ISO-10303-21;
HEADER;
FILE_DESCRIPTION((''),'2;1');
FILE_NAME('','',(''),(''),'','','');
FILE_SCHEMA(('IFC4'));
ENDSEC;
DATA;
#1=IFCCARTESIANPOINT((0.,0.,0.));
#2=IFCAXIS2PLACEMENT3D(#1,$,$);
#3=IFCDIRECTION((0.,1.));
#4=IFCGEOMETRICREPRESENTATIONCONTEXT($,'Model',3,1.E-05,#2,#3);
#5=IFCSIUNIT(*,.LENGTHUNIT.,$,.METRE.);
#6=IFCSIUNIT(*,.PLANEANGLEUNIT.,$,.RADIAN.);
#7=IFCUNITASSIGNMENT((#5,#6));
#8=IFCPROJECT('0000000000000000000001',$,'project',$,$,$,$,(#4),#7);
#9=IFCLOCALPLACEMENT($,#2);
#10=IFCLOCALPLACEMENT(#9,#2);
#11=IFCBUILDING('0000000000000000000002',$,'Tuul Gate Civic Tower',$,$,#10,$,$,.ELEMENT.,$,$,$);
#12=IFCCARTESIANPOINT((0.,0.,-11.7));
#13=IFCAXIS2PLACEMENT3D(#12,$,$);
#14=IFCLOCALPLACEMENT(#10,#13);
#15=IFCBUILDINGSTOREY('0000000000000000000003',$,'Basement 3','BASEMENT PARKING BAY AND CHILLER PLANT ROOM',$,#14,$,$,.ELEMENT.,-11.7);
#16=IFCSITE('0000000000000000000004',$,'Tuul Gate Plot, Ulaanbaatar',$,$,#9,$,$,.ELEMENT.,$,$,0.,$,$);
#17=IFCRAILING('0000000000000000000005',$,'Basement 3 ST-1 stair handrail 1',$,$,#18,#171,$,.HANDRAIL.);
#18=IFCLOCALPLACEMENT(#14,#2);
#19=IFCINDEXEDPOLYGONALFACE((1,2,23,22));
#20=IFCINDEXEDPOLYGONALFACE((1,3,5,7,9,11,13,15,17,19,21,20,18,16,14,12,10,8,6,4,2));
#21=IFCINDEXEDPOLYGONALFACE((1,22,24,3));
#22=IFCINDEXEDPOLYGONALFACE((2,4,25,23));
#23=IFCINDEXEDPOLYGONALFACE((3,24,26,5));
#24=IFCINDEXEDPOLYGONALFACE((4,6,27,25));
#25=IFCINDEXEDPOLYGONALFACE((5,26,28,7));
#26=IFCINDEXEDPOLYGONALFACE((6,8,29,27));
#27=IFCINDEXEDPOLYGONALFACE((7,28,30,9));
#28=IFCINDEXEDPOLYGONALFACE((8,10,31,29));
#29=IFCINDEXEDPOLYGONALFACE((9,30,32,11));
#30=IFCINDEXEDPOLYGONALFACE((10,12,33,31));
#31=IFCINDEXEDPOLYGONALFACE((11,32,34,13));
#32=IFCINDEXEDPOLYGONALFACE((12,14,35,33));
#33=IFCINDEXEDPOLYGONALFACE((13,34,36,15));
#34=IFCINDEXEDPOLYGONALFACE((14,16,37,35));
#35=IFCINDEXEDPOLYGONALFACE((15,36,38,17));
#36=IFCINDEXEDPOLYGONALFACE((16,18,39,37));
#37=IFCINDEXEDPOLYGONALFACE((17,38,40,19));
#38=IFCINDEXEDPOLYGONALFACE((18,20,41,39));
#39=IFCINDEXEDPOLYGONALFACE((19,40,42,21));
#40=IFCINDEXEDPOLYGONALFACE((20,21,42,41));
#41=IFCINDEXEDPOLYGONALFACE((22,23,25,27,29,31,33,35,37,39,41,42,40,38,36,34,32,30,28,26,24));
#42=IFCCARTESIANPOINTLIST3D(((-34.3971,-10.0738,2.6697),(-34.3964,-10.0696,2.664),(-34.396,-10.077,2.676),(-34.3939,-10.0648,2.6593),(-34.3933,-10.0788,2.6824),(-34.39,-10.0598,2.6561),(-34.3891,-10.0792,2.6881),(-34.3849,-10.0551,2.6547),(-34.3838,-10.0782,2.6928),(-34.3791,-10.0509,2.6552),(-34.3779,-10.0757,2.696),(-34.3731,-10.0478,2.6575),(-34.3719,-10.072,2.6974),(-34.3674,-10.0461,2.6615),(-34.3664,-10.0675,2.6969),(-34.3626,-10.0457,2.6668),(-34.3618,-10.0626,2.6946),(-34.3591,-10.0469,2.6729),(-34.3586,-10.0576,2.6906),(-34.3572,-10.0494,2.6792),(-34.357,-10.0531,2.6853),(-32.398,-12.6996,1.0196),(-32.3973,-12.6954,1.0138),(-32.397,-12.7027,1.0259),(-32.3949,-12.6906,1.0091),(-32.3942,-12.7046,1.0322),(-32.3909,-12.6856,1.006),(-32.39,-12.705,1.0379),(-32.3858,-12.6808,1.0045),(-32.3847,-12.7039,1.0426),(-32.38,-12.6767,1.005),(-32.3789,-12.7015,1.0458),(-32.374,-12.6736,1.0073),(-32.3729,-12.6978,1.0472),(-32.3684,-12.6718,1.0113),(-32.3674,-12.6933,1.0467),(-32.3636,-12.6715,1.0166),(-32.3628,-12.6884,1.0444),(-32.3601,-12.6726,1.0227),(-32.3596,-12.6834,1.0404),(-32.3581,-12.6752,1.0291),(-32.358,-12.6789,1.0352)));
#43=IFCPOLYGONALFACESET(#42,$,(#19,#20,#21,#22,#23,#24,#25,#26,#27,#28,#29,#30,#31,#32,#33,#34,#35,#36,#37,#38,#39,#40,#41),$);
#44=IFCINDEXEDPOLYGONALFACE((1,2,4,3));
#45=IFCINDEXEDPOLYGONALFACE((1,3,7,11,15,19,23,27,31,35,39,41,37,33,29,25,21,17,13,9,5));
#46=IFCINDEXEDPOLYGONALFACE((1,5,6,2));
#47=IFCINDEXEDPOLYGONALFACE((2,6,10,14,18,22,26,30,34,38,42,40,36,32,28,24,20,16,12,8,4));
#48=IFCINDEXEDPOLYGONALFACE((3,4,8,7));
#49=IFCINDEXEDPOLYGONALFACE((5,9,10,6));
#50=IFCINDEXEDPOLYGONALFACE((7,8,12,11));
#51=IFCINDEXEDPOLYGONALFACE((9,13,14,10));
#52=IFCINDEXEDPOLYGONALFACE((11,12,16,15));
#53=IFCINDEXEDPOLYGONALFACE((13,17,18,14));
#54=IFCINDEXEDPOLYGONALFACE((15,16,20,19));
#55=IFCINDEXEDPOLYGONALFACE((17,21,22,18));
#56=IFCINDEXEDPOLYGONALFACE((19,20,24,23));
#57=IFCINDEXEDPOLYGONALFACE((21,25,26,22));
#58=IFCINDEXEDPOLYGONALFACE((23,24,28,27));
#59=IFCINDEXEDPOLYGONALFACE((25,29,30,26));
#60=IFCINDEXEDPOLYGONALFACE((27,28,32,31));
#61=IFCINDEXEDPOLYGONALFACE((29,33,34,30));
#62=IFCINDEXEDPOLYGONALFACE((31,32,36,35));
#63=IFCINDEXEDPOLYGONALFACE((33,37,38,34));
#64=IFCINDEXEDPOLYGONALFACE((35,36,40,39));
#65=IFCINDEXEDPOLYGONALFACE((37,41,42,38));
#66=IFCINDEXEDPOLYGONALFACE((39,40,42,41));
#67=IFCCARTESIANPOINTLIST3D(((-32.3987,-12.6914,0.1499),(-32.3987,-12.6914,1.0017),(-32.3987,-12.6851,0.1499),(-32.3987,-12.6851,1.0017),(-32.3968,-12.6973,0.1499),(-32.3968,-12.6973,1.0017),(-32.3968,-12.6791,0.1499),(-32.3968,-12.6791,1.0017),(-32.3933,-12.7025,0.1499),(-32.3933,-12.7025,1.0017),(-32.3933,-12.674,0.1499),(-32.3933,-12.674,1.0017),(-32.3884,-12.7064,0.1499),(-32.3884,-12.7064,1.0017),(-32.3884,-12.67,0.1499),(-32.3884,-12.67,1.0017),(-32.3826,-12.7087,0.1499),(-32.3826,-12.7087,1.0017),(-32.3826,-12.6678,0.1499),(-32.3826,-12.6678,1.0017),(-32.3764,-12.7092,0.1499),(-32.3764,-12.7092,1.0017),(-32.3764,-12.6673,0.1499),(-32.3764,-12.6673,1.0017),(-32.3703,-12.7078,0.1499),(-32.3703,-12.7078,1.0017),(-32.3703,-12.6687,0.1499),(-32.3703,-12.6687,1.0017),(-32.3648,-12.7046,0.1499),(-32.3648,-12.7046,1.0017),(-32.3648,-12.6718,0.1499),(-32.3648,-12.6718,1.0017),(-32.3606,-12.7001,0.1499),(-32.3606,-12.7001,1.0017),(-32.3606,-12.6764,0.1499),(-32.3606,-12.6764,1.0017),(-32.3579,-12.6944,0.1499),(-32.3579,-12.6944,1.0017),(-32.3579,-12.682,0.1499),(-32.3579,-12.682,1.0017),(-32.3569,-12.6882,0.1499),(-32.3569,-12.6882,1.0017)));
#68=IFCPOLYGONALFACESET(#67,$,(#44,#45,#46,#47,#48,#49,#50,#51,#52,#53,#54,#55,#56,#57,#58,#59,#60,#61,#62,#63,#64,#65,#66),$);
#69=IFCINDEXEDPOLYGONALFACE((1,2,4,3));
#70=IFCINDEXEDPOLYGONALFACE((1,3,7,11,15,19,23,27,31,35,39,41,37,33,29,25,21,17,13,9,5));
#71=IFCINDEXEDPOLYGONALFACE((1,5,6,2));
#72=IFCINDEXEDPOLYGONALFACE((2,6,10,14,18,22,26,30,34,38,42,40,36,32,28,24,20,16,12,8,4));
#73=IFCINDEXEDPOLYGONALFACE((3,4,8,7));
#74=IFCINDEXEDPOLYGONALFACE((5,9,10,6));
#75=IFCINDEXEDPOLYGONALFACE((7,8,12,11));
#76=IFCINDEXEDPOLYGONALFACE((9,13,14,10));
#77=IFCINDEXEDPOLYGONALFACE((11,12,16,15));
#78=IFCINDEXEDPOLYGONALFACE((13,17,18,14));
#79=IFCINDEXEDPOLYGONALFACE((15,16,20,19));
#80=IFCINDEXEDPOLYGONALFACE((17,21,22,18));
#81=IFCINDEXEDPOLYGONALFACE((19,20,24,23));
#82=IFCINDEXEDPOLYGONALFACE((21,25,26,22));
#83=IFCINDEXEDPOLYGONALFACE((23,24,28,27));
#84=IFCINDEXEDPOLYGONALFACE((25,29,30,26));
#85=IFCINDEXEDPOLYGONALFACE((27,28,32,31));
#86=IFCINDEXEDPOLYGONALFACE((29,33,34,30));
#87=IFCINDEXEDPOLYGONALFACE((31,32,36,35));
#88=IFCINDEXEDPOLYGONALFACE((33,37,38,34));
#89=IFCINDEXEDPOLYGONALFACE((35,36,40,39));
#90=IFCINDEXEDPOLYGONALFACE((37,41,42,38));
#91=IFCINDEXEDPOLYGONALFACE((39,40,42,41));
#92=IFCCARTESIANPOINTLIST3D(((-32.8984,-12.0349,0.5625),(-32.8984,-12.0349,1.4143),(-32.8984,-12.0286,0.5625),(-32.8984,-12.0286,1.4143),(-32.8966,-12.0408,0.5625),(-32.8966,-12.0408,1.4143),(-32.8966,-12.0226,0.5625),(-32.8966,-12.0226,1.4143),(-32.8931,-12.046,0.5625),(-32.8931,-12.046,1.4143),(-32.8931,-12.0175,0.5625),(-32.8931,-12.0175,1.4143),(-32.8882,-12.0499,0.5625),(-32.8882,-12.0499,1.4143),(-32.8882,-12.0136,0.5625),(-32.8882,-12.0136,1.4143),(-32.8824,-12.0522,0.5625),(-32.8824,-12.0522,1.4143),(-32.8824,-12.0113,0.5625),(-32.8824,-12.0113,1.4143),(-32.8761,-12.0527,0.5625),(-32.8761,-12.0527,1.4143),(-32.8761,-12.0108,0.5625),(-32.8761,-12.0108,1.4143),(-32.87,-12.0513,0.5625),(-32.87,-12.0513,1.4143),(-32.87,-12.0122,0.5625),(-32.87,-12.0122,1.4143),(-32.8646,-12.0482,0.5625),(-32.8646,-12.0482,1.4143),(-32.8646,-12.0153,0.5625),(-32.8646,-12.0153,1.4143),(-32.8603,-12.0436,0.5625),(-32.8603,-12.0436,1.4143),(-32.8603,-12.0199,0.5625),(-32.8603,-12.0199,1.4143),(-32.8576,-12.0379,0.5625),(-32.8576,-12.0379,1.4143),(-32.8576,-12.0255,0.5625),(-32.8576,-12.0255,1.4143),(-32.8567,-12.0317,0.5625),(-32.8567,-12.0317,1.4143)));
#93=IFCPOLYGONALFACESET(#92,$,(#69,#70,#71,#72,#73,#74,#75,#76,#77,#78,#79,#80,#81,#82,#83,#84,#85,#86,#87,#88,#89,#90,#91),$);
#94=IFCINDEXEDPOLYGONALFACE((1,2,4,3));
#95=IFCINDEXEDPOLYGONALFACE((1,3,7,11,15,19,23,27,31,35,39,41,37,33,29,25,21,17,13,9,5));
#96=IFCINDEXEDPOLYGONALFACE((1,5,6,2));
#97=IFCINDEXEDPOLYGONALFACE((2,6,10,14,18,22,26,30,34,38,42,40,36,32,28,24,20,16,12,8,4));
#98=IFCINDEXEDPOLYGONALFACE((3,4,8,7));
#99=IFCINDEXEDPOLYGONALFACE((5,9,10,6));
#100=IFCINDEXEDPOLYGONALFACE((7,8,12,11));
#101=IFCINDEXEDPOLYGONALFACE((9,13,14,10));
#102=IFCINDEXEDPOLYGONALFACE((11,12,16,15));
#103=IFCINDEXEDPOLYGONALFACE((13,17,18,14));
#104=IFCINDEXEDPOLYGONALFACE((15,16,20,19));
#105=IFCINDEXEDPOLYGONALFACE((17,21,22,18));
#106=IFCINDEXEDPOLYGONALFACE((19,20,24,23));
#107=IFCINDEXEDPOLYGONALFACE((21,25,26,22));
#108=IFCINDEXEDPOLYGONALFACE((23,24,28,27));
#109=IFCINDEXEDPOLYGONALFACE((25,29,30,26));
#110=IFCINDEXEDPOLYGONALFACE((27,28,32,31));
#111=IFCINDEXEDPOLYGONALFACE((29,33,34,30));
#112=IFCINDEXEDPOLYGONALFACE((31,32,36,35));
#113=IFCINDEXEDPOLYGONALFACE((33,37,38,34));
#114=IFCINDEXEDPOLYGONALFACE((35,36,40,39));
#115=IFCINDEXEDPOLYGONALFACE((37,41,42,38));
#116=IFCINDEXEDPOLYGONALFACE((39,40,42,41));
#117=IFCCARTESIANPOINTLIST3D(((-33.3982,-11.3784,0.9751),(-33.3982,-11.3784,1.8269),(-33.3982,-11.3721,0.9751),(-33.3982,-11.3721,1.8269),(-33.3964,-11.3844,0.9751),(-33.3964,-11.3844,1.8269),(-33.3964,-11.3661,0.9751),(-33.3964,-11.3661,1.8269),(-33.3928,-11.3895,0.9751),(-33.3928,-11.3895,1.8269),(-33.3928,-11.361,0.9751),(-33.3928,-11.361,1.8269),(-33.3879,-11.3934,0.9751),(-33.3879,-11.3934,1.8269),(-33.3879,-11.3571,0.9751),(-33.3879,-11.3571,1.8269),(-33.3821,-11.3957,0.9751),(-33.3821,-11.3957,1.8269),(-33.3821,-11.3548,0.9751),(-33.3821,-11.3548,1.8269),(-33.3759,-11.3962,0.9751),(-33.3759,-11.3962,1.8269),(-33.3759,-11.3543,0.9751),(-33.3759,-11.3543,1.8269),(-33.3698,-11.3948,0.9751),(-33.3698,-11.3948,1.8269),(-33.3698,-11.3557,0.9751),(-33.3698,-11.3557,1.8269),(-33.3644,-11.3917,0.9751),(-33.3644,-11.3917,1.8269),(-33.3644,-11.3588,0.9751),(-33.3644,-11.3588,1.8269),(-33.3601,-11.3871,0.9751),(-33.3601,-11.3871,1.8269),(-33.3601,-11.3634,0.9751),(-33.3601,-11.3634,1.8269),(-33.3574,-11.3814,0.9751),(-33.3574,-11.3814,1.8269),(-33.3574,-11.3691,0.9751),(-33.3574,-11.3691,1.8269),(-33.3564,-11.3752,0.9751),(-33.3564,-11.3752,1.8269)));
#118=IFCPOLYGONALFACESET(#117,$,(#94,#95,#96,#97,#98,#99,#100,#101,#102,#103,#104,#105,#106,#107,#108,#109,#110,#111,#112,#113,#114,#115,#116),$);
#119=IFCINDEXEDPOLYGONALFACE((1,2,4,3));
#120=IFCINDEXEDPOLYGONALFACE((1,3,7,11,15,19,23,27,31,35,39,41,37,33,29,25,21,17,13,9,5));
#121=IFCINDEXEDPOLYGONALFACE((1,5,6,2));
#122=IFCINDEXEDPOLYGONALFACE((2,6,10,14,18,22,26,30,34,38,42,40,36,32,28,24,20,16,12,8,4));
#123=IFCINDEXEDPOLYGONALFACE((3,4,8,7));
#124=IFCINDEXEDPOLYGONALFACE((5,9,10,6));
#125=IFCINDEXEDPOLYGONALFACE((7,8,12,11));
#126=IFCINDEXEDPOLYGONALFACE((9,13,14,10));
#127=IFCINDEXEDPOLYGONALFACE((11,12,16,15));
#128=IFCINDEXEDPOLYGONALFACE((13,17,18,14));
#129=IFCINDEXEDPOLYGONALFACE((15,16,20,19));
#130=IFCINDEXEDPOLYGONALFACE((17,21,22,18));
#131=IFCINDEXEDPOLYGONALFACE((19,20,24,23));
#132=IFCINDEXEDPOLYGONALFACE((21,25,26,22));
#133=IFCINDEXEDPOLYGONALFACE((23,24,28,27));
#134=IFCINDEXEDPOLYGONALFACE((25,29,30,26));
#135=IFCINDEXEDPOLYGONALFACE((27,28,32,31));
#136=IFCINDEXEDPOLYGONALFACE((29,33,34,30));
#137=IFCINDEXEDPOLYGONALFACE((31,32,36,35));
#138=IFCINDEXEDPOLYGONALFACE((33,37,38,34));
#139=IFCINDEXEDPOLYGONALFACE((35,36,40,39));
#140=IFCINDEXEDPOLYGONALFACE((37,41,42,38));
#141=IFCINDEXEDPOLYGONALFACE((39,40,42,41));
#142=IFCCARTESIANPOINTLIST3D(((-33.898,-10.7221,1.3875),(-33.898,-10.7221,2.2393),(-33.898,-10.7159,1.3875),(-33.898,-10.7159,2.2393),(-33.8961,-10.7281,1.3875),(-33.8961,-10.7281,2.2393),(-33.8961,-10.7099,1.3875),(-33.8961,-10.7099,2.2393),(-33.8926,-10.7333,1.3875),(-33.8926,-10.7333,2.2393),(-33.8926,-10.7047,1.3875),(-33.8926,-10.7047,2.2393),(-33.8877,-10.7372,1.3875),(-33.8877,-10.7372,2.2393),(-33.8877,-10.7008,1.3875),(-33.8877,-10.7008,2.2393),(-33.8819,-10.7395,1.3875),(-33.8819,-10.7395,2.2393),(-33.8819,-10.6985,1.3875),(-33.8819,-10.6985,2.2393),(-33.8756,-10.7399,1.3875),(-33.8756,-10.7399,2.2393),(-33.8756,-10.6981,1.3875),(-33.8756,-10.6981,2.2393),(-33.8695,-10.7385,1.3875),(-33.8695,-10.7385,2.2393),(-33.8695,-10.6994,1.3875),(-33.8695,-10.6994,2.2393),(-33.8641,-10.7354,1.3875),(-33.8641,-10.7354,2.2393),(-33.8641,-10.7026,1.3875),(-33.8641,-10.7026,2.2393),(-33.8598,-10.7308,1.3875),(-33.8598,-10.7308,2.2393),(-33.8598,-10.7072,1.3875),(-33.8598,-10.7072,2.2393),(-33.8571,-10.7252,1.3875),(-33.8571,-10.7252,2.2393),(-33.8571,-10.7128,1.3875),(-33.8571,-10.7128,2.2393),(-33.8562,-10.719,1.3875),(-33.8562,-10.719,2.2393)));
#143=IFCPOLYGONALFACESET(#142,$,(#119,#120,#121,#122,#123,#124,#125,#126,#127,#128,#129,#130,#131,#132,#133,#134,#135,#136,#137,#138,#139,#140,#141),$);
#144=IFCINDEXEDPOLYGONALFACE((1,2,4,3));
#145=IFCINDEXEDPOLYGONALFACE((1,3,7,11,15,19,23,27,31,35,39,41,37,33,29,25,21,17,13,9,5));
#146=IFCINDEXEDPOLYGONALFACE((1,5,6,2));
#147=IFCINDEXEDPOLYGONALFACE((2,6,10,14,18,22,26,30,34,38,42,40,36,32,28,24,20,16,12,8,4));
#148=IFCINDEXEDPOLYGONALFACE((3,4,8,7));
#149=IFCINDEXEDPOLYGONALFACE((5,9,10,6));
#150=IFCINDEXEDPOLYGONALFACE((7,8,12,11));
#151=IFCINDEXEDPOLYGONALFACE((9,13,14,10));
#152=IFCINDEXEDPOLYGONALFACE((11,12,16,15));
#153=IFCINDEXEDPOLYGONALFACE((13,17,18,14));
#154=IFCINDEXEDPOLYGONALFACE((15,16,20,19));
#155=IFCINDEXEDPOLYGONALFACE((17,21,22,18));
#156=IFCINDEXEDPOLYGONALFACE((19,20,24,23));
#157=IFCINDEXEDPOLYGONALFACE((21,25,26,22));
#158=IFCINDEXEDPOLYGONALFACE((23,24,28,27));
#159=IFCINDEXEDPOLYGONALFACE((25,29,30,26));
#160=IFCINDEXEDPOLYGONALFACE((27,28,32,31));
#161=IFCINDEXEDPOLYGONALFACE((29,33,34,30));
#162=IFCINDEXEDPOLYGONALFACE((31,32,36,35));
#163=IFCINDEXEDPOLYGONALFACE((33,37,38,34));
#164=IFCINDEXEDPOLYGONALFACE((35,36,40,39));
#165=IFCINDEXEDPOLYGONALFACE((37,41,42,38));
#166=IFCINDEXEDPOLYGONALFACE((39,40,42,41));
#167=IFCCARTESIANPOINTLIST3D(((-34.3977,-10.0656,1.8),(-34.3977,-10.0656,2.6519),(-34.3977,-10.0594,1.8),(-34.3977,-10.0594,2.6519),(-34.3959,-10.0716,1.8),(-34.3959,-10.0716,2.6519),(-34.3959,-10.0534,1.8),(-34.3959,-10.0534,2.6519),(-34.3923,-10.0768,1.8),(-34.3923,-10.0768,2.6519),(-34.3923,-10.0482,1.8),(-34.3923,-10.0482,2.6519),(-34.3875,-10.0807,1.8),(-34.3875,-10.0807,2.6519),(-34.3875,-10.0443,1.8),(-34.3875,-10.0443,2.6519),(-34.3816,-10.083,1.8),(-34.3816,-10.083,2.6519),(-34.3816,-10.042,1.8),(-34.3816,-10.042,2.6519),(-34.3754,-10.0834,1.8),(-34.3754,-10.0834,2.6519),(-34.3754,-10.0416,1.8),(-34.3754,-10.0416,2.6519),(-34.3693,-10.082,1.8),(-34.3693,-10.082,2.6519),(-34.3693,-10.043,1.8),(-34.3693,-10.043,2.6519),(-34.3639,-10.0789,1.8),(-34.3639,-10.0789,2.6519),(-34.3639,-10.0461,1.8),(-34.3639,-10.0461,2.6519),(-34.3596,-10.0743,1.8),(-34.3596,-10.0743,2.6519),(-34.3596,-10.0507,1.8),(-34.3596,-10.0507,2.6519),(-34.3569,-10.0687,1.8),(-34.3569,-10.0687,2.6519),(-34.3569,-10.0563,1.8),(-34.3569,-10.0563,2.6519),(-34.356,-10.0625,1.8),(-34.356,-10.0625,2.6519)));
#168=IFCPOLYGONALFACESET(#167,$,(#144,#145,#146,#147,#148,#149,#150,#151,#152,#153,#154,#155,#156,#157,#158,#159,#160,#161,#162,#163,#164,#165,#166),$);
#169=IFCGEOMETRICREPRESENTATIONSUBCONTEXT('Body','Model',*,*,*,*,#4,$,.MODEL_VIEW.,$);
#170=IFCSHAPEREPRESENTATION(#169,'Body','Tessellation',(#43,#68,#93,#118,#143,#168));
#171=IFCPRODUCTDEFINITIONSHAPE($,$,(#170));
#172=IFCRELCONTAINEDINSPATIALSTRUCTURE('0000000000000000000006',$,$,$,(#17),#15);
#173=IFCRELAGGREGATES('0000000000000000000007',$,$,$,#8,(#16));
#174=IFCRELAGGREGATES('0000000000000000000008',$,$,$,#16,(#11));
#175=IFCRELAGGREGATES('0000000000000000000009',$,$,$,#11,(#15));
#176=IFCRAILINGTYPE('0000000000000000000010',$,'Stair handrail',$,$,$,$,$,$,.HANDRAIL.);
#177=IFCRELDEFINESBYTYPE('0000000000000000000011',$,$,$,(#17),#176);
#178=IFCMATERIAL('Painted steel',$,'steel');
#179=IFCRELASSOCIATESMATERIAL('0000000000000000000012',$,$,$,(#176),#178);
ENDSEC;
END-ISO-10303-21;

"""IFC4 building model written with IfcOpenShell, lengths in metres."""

from ifc_helpers import new_model, si_unit, direction, frame, origin, origin_2d, place, context, subcontext, project, spatial, circle, extrude, material, type_object, element, save


model = new_model("IFC4")

# Units and contexts
model_context = context("Model", 3, precision=1e-05, world=origin(), true_north=direction((0.0, 1.0)))
body_context = subcontext(model_context, "Body", "Model", "MODEL_VIEW")
ifc_project = project(units=[si_unit("LENGTHUNIT", "METRE"), si_unit("PLANEANGLEUNIT", "RADIAN")], contexts=[model_context])

# Site, building, storey
site_placement = place(None, origin())
site = spatial("IfcSite", under=ifc_project, at=site_placement, Name="Tuul Gate Plot, Ulaanbaatar", CompositionType="ELEMENT", RefElevation=0.0)
building_placement = place(site_placement, origin())
building = spatial("IfcBuilding", under=site, at=building_placement, Name="Tuul Gate Civic Tower", CompositionType="ELEMENT")
storey_placement = place(building_placement, frame((0.0, 0.0, -11.7)))
storey = spatial("IfcBuildingStorey", under=building, at=storey_placement, Name="Basement 3", Description="BASEMENT PARKING BAY AND CHILLER PLANT ROOM", CompositionType="ELEMENT", Elevation=-11.7)

# Railing
ifc_material_1 = material(Name="Painted steel", Category="steel")
railing_type = type_object("IfcRailingType", Name="Stair handrail", PredefinedType="HANDRAIL", material=ifc_material_1)
railing_placement = place(storey_placement, frame((-32.3779, -12.6882, 0.1499)))
element("IfcRailing", 1, at=railing_placement, inside=storey, type_object=railing_type, Name="Basement 3 ST-1 stair handrail 1", PredefinedType="HANDRAIL", context=body_context, shape_type="SweptSolid", body=[
    extrude(circle(Radius=0.0239, at=origin_2d()), frame((0.0, 0.0, 0.876), z_axis=(-0.541792, 0.711647, 0.447236), x_axis=(-0.795656, -0.605749, 0.0)), (0.0, 0.0, 1.0), 3.6897),
    extrude(circle(Radius=0.021, at=origin_2d()), origin(), (0.0, 0.0, 1.0), 0.8518),
    extrude(circle(Radius=0.021, at=origin_2d()), frame((-0.4998, 0.6565, 0.4126)), (0.0, 0.0, 1.0), 0.8518),
    extrude(circle(Radius=0.021, at=origin_2d()), frame((-0.9995, 1.313, 0.8252)), (0.0, 0.0, 1.0), 0.8518),
    extrude(circle(Radius=0.021, at=origin_2d()), frame((-1.4993, 1.9692, 1.2375)), (0.0, 0.0, 1.0), 0.8518),
    extrude(circle(Radius=0.021, at=origin_2d()), frame((-1.999, 2.6257, 1.6501)), (0.0, 0.0, 1.0), 0.8518),
])

save(model, "model.ifc")
